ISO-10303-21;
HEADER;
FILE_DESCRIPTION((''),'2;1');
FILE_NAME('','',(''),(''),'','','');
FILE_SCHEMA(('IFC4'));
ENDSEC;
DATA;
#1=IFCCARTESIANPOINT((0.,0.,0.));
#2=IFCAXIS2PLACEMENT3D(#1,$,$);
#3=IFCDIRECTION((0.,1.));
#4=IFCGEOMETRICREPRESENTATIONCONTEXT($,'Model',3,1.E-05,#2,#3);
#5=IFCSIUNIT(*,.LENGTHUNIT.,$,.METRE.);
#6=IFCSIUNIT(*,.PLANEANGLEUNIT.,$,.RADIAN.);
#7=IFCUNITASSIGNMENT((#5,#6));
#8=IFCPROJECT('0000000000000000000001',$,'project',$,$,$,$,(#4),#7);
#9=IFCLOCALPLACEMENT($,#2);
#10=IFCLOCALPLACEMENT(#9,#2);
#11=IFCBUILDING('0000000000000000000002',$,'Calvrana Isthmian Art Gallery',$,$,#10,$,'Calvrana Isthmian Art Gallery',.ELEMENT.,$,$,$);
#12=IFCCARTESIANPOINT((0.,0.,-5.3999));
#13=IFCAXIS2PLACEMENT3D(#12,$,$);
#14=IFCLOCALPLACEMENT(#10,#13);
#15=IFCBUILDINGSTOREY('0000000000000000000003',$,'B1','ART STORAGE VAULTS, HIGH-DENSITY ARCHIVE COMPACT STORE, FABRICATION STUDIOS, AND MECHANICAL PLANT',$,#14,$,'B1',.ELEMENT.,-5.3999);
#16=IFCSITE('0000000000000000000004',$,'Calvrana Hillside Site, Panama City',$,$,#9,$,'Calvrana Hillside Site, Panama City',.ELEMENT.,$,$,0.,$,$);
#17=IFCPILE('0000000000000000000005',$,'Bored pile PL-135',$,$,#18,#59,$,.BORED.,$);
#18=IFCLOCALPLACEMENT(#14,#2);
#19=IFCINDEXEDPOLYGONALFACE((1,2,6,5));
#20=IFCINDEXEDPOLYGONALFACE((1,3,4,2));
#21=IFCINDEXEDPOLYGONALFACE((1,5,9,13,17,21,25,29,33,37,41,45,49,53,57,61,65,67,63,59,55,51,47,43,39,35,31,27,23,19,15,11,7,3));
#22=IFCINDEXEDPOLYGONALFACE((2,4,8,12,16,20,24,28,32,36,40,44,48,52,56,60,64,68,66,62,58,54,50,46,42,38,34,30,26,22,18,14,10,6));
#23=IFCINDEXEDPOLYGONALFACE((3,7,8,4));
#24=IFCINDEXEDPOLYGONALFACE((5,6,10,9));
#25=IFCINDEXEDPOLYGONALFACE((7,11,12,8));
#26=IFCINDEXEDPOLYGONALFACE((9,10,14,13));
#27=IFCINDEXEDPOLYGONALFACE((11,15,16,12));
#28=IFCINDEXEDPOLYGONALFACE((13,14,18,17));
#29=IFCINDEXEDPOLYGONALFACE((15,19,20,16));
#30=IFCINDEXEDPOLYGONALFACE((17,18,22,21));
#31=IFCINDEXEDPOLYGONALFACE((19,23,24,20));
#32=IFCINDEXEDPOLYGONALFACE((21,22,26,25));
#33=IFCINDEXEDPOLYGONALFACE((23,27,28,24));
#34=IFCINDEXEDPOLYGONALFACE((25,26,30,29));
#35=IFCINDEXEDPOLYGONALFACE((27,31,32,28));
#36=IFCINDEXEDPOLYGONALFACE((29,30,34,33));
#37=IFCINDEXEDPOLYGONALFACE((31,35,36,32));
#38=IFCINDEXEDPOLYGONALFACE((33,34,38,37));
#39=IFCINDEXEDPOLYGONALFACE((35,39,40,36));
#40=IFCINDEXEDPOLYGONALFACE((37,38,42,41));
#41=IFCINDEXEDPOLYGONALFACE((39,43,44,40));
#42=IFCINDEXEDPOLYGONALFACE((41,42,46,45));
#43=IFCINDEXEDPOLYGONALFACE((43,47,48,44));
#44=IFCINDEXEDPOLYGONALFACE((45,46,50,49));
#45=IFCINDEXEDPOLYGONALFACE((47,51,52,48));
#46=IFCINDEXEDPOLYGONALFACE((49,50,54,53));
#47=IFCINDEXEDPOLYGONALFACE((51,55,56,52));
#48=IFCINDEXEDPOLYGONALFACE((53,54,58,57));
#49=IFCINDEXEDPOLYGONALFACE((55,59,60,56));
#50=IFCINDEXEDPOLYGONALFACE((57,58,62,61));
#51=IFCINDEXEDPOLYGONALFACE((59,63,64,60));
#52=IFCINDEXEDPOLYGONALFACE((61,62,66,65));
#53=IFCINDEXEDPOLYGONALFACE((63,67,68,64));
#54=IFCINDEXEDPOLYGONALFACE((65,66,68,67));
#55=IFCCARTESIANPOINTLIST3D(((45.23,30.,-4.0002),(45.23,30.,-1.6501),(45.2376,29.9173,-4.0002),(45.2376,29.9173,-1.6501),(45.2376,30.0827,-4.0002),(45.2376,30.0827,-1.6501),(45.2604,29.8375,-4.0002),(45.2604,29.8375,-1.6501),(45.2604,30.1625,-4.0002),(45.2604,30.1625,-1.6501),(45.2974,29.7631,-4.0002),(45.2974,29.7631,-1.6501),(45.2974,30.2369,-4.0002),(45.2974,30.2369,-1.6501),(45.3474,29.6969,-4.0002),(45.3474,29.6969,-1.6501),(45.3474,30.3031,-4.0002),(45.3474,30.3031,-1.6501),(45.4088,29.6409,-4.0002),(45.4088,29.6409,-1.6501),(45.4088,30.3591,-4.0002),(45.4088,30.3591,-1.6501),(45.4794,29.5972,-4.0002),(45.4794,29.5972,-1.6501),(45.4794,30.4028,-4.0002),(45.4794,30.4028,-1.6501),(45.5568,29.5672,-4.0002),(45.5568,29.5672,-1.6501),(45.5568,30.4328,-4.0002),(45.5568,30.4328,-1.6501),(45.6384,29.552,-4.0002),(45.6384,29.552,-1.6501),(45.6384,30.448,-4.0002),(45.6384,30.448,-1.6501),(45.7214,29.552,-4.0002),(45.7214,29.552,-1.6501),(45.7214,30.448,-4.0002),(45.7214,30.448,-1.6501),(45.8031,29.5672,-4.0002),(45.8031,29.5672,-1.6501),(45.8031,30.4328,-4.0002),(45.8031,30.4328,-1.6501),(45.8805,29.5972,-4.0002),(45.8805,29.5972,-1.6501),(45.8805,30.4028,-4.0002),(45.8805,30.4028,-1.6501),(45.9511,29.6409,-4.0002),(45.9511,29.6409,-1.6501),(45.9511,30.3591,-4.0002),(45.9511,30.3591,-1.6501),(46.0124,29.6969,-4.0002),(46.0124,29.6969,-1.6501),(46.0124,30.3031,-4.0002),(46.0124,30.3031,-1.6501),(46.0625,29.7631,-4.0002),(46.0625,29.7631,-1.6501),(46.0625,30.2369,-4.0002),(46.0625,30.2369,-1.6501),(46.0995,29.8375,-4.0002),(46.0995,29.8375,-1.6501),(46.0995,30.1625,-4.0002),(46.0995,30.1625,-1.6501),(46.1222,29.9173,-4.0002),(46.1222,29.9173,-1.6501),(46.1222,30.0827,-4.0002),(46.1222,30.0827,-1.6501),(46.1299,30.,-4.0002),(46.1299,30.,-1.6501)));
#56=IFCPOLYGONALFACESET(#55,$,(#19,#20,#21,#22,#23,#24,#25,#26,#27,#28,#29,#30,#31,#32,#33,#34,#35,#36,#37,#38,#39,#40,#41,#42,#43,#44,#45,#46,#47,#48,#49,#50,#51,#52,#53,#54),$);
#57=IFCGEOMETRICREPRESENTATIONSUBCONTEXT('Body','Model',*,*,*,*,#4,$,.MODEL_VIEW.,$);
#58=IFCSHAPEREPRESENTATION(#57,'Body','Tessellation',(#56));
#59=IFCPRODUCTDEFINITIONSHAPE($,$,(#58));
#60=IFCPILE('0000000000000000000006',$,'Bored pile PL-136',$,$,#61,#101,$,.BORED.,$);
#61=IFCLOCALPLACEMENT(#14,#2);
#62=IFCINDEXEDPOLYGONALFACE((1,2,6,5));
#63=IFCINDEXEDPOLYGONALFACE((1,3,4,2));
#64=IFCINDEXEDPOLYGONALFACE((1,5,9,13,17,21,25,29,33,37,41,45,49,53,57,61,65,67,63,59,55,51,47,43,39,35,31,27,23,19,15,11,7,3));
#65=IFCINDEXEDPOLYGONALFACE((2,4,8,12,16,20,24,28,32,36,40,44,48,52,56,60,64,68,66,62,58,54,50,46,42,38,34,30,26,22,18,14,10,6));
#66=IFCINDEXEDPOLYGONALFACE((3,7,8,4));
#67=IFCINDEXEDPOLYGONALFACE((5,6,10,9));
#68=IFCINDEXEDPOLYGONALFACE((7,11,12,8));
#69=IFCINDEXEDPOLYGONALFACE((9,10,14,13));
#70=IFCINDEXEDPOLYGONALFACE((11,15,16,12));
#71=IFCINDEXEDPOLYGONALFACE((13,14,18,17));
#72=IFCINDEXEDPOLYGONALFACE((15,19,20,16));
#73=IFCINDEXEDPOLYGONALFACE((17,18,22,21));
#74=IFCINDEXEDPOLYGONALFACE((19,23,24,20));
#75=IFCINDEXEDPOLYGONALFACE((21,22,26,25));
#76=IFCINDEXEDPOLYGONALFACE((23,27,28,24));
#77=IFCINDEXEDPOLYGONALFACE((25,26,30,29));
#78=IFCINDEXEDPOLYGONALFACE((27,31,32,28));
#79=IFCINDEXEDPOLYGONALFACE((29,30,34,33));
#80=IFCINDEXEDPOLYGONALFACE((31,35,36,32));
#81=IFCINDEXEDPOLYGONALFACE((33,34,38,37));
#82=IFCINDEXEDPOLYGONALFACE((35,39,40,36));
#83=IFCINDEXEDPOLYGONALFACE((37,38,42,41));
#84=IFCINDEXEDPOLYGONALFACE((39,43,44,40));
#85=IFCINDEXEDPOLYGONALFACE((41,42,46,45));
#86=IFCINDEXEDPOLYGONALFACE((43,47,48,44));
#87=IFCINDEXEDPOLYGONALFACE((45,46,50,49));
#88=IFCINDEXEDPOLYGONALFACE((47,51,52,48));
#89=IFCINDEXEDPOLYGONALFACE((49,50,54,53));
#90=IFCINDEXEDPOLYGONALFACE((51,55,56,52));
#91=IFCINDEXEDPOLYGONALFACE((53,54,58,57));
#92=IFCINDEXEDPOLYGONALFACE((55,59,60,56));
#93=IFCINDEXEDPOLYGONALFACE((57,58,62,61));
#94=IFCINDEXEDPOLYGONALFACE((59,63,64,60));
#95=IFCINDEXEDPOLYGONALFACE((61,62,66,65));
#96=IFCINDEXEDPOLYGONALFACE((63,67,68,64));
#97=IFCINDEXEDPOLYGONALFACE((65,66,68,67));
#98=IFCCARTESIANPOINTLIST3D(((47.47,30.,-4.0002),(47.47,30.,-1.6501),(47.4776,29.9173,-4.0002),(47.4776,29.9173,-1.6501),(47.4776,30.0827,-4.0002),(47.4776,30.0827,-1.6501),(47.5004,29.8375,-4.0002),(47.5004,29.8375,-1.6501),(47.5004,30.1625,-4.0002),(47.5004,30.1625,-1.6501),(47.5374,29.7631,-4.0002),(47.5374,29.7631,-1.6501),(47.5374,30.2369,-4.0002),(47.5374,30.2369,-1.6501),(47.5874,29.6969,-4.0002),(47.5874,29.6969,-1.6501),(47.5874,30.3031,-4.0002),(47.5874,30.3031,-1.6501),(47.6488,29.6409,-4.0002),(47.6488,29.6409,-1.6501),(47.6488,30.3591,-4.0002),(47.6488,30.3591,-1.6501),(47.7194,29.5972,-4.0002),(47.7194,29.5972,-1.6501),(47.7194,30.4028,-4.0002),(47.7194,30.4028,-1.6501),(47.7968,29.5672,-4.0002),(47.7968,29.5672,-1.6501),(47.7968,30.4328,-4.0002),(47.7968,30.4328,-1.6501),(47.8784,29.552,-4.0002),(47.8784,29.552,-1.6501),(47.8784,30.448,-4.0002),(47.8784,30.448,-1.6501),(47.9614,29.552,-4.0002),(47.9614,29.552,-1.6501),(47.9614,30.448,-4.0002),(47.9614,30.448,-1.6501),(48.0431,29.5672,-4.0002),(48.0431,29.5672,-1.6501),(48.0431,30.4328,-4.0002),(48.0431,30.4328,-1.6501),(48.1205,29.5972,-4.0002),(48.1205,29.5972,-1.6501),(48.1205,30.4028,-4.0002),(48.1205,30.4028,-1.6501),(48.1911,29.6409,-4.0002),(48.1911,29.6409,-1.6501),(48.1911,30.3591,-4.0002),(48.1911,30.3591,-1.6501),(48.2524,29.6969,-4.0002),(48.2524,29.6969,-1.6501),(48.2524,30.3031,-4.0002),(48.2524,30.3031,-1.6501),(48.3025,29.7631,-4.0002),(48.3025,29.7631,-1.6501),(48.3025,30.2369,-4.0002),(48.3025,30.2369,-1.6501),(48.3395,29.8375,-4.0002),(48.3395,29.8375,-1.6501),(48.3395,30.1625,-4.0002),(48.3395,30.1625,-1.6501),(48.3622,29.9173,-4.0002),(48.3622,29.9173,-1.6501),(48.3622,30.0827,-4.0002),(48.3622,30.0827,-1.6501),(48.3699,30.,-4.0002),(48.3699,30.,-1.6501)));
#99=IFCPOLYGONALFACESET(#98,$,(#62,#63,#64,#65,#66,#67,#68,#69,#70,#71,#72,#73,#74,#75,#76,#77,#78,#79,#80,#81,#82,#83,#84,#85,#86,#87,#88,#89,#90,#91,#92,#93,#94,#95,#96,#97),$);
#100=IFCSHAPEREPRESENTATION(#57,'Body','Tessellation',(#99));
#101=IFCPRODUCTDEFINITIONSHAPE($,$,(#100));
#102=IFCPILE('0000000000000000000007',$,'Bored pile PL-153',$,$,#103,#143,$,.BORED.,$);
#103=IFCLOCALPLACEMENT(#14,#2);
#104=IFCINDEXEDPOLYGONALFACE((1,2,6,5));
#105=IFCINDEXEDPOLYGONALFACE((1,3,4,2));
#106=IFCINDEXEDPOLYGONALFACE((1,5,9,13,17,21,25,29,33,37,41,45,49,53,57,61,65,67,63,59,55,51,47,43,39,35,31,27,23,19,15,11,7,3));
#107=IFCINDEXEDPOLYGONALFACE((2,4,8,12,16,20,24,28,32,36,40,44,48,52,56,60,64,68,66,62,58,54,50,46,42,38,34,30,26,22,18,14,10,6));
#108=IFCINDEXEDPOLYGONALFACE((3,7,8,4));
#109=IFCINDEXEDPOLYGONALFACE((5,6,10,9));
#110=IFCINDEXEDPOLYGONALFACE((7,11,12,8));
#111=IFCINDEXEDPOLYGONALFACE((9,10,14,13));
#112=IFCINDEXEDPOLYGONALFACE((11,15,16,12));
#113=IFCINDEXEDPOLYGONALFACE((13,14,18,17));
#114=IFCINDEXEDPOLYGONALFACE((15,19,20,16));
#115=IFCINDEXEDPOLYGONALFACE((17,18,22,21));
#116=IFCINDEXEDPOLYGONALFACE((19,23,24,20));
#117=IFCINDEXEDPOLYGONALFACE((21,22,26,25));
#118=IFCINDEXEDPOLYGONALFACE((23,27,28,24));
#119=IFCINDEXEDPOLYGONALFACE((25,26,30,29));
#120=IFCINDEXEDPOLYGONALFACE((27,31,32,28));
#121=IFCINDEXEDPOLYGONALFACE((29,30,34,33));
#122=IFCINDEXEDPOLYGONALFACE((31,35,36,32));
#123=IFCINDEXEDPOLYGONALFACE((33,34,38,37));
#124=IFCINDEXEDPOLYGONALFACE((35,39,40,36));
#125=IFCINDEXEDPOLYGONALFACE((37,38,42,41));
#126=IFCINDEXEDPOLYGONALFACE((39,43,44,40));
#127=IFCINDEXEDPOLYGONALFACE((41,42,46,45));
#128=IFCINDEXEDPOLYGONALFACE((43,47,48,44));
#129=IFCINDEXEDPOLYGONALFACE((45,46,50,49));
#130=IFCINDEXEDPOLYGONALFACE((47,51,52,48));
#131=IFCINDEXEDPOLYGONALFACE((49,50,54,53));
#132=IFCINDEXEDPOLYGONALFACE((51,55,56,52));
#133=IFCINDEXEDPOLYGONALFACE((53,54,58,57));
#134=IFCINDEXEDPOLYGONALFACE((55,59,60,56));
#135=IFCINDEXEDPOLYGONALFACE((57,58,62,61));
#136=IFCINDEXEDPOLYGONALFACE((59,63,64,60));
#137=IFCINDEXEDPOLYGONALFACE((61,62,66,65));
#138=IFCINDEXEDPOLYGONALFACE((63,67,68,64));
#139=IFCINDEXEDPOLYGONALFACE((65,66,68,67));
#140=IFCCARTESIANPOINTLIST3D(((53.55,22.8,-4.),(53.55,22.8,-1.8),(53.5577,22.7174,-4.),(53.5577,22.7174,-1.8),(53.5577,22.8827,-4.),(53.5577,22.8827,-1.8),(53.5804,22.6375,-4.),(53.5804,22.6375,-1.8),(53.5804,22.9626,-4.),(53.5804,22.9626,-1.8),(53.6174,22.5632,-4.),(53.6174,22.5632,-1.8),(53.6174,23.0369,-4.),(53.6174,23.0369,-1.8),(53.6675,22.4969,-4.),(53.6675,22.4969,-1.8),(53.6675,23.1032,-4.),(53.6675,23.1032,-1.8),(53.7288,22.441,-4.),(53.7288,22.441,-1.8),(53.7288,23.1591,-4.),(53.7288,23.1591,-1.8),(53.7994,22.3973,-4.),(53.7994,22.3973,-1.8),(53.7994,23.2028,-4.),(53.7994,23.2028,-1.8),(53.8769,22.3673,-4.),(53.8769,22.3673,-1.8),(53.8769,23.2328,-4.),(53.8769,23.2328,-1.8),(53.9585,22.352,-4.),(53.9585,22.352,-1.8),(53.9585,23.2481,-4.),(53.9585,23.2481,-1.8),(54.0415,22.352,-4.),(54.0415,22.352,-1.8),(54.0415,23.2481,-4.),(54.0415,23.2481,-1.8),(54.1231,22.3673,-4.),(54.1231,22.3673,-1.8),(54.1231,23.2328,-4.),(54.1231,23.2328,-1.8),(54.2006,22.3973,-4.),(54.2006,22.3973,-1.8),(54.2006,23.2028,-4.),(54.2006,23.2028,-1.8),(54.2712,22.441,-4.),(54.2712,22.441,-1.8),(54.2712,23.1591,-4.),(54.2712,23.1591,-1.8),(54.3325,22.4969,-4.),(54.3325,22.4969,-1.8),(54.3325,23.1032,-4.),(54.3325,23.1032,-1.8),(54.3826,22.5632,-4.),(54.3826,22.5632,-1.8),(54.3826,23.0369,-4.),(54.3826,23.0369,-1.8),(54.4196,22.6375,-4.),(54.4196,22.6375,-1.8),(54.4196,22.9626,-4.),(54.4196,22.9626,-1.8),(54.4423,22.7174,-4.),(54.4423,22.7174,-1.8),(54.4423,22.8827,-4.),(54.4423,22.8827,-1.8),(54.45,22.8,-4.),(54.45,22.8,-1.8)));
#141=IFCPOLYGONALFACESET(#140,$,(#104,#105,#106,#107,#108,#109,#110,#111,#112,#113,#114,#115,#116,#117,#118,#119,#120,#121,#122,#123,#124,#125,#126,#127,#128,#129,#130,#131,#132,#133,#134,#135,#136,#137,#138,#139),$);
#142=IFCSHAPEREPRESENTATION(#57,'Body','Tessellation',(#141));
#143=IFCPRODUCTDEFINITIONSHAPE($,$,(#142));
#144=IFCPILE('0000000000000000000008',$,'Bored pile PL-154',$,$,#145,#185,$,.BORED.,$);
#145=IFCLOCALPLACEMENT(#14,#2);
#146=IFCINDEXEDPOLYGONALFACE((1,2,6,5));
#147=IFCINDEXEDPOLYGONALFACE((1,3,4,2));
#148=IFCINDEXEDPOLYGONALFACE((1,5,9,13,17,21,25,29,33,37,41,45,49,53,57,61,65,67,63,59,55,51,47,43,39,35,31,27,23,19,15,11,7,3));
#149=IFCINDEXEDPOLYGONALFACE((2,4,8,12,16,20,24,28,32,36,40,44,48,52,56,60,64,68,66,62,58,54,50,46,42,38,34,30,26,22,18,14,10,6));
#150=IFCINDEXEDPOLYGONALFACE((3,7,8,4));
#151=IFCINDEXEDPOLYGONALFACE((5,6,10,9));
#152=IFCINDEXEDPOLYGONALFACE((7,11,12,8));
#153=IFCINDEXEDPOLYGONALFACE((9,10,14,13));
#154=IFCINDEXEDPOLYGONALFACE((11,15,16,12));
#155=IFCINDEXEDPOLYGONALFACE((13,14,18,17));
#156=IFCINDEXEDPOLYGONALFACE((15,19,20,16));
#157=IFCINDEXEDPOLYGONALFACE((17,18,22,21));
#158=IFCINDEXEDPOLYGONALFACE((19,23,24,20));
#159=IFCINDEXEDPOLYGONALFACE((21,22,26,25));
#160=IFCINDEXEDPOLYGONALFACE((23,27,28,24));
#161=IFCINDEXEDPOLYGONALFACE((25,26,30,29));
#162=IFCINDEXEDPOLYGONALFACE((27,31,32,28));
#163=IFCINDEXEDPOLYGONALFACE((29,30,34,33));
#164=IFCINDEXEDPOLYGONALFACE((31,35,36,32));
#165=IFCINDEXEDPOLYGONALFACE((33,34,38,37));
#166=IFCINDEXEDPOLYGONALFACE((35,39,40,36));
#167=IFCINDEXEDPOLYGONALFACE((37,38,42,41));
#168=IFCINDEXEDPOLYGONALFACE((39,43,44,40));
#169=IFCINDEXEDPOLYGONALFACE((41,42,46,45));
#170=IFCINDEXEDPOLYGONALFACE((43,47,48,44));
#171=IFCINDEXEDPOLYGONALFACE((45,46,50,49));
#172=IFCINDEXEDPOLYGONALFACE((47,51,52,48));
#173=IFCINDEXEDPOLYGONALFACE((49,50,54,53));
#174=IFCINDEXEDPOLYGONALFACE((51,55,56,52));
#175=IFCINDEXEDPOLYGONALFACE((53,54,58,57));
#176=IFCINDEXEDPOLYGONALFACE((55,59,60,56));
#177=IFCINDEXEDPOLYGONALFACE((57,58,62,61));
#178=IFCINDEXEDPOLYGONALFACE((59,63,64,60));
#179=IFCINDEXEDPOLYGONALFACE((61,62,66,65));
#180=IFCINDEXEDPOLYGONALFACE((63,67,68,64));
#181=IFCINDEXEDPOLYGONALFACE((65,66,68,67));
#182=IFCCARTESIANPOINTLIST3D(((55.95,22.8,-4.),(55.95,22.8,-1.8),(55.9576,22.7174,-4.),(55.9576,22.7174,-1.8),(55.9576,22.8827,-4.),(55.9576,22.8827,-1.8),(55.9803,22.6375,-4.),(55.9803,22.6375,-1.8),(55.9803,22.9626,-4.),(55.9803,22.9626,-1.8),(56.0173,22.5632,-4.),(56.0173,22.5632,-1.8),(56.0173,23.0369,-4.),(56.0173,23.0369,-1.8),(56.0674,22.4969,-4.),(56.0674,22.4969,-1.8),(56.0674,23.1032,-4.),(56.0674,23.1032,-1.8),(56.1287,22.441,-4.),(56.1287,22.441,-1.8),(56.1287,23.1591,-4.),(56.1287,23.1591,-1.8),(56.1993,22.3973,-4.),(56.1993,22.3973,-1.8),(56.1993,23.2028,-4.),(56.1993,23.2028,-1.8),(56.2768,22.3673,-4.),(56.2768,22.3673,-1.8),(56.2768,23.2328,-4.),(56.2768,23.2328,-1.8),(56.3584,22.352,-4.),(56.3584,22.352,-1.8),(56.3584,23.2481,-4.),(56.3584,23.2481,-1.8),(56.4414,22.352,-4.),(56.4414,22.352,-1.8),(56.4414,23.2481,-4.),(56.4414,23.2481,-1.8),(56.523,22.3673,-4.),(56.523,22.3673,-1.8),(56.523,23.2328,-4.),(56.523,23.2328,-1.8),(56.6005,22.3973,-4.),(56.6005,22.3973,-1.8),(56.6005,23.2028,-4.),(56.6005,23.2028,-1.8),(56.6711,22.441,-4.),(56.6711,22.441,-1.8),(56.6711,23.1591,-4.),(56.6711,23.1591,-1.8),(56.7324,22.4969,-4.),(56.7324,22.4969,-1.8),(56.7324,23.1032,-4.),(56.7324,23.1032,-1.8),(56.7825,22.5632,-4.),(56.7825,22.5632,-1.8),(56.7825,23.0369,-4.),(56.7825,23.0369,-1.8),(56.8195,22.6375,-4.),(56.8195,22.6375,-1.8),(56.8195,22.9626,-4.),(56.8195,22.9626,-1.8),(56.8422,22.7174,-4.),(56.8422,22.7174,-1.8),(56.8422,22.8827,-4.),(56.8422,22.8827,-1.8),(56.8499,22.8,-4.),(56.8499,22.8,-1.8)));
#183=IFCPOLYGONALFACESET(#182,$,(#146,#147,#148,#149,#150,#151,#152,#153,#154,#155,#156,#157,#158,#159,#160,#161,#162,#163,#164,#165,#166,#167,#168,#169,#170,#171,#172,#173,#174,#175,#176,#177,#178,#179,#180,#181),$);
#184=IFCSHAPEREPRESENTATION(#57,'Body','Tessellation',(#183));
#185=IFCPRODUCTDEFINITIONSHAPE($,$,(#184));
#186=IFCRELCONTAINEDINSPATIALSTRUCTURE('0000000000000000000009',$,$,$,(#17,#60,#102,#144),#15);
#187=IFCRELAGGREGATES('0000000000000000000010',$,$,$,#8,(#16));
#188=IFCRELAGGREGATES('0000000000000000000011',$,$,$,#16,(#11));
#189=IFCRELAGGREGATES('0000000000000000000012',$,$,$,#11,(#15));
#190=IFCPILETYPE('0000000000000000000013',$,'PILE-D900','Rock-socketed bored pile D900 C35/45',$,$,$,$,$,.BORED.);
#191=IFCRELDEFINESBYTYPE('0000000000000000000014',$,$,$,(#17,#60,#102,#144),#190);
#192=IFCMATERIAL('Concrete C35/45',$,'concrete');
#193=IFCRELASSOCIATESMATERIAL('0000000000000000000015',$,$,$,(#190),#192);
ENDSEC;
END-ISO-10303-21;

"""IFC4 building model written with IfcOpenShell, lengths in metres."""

from ifc_helpers import new_model, si_unit, direction, frame, origin, origin_2d, place, context, subcontext, project, spatial, circle, extrude, material, material_profile, profile_set, type_object, element, save


model = new_model("IFC4")

# Units and contexts
model_context = context("Model", 3, precision=1e-05, world=origin(), true_north=direction((0.0, 1.0)))
body_context = subcontext(model_context, "Body", "Model", "MODEL_VIEW")
ifc_project = project(units=[si_unit("LENGTHUNIT", "METRE"), si_unit("PLANEANGLEUNIT", "RADIAN")], contexts=[model_context])

# Site, building, storey
site_placement = place(None, origin())
site = spatial("IfcSite", under=ifc_project, at=site_placement, Name="Calvrana Hillside Site, Panama City", LongName="Calvrana Hillside Site, Panama City", CompositionType="ELEMENT", RefElevation=0.0)
building_placement = place(site_placement, origin())
building = spatial("IfcBuilding", under=site, at=building_placement, Name="Calvrana Isthmian Art Gallery", LongName="Calvrana Isthmian Art Gallery", CompositionType="ELEMENT")
storey_placement = place(building_placement, frame((0.0, 0.0, -5.3999)))
storey = spatial("IfcBuildingStorey", under=building, at=storey_placement, Name="B1", Description="ART STORAGE VAULTS, HIGH-DENSITY ARCHIVE COMPACT STORE, FABRICATION STUDIOS, AND MECHANICAL PLANT", LongName="B1", CompositionType="ELEMENT", Elevation=-5.3999)

# Shared definitions
ifc_material_1 = material(Name="Concrete C35/45", Category="concrete")

# Piles
ifc_material_profile_1 = material_profile(ifc_material_1, circle(Radius=0.45, at=origin_2d()), Name="PILE900D")
ifc_profile_set_1 = profile_set([ifc_material_profile_1], Name="Concrete C35/45")
pile_type_1 = type_object("IfcPileType", Name="PILE-D900", Description="Rock-socketed bored pile D900 C35/45", PredefinedType="BORED", material=ifc_profile_set_1)
for number, where, z_axis, x_axis, name in (
    (1, (45.6799, 30.0, -1.6501), (0.0, 0.0, -1.0), (1.0, 0.0, 0.0), "Bored pile PL-135"),
    (2, (47.9199, 30.0, -1.6501), (0.0, 0.0, -1.0), (1.0, 0.0, 0.0), "Bored pile PL-136"),
):
    element("IfcPile", number, at=place(storey_placement, frame(where, z_axis=z_axis, x_axis=x_axis)), inside=storey, type_object=pile_type_1, Name=name, PredefinedType="BORED", context=body_context, shape_type="SweptSolid", body=[
        extrude(circle(Radius=0.45, at=origin_2d()), origin(), (0.0, 0.0, 1.0), 2.3501),
    ])
for number, where, z_axis, x_axis, name in (
    (3, (54.0, 22.8, -1.8), (0.0, 0.0, -1.0), (1.0, 0.0, 0.0), "Bored pile PL-153"),
    (4, (56.3999, 22.8, -1.8), (0.0, 0.0, -1.0), (1.0, 0.0, 0.0), "Bored pile PL-154"),
):
    element("IfcPile", number, at=place(storey_placement, frame(where, z_axis=z_axis, x_axis=x_axis)), inside=storey, type_object=pile_type_1, Name=name, PredefinedType="BORED", context=body_context, shape_type="SweptSolid", body=[
        extrude(circle(Radius=0.45, at=origin_2d()), origin(), (0.0, 0.0, 1.0), 2.2),
    ])

save(model, "model.ifc")
